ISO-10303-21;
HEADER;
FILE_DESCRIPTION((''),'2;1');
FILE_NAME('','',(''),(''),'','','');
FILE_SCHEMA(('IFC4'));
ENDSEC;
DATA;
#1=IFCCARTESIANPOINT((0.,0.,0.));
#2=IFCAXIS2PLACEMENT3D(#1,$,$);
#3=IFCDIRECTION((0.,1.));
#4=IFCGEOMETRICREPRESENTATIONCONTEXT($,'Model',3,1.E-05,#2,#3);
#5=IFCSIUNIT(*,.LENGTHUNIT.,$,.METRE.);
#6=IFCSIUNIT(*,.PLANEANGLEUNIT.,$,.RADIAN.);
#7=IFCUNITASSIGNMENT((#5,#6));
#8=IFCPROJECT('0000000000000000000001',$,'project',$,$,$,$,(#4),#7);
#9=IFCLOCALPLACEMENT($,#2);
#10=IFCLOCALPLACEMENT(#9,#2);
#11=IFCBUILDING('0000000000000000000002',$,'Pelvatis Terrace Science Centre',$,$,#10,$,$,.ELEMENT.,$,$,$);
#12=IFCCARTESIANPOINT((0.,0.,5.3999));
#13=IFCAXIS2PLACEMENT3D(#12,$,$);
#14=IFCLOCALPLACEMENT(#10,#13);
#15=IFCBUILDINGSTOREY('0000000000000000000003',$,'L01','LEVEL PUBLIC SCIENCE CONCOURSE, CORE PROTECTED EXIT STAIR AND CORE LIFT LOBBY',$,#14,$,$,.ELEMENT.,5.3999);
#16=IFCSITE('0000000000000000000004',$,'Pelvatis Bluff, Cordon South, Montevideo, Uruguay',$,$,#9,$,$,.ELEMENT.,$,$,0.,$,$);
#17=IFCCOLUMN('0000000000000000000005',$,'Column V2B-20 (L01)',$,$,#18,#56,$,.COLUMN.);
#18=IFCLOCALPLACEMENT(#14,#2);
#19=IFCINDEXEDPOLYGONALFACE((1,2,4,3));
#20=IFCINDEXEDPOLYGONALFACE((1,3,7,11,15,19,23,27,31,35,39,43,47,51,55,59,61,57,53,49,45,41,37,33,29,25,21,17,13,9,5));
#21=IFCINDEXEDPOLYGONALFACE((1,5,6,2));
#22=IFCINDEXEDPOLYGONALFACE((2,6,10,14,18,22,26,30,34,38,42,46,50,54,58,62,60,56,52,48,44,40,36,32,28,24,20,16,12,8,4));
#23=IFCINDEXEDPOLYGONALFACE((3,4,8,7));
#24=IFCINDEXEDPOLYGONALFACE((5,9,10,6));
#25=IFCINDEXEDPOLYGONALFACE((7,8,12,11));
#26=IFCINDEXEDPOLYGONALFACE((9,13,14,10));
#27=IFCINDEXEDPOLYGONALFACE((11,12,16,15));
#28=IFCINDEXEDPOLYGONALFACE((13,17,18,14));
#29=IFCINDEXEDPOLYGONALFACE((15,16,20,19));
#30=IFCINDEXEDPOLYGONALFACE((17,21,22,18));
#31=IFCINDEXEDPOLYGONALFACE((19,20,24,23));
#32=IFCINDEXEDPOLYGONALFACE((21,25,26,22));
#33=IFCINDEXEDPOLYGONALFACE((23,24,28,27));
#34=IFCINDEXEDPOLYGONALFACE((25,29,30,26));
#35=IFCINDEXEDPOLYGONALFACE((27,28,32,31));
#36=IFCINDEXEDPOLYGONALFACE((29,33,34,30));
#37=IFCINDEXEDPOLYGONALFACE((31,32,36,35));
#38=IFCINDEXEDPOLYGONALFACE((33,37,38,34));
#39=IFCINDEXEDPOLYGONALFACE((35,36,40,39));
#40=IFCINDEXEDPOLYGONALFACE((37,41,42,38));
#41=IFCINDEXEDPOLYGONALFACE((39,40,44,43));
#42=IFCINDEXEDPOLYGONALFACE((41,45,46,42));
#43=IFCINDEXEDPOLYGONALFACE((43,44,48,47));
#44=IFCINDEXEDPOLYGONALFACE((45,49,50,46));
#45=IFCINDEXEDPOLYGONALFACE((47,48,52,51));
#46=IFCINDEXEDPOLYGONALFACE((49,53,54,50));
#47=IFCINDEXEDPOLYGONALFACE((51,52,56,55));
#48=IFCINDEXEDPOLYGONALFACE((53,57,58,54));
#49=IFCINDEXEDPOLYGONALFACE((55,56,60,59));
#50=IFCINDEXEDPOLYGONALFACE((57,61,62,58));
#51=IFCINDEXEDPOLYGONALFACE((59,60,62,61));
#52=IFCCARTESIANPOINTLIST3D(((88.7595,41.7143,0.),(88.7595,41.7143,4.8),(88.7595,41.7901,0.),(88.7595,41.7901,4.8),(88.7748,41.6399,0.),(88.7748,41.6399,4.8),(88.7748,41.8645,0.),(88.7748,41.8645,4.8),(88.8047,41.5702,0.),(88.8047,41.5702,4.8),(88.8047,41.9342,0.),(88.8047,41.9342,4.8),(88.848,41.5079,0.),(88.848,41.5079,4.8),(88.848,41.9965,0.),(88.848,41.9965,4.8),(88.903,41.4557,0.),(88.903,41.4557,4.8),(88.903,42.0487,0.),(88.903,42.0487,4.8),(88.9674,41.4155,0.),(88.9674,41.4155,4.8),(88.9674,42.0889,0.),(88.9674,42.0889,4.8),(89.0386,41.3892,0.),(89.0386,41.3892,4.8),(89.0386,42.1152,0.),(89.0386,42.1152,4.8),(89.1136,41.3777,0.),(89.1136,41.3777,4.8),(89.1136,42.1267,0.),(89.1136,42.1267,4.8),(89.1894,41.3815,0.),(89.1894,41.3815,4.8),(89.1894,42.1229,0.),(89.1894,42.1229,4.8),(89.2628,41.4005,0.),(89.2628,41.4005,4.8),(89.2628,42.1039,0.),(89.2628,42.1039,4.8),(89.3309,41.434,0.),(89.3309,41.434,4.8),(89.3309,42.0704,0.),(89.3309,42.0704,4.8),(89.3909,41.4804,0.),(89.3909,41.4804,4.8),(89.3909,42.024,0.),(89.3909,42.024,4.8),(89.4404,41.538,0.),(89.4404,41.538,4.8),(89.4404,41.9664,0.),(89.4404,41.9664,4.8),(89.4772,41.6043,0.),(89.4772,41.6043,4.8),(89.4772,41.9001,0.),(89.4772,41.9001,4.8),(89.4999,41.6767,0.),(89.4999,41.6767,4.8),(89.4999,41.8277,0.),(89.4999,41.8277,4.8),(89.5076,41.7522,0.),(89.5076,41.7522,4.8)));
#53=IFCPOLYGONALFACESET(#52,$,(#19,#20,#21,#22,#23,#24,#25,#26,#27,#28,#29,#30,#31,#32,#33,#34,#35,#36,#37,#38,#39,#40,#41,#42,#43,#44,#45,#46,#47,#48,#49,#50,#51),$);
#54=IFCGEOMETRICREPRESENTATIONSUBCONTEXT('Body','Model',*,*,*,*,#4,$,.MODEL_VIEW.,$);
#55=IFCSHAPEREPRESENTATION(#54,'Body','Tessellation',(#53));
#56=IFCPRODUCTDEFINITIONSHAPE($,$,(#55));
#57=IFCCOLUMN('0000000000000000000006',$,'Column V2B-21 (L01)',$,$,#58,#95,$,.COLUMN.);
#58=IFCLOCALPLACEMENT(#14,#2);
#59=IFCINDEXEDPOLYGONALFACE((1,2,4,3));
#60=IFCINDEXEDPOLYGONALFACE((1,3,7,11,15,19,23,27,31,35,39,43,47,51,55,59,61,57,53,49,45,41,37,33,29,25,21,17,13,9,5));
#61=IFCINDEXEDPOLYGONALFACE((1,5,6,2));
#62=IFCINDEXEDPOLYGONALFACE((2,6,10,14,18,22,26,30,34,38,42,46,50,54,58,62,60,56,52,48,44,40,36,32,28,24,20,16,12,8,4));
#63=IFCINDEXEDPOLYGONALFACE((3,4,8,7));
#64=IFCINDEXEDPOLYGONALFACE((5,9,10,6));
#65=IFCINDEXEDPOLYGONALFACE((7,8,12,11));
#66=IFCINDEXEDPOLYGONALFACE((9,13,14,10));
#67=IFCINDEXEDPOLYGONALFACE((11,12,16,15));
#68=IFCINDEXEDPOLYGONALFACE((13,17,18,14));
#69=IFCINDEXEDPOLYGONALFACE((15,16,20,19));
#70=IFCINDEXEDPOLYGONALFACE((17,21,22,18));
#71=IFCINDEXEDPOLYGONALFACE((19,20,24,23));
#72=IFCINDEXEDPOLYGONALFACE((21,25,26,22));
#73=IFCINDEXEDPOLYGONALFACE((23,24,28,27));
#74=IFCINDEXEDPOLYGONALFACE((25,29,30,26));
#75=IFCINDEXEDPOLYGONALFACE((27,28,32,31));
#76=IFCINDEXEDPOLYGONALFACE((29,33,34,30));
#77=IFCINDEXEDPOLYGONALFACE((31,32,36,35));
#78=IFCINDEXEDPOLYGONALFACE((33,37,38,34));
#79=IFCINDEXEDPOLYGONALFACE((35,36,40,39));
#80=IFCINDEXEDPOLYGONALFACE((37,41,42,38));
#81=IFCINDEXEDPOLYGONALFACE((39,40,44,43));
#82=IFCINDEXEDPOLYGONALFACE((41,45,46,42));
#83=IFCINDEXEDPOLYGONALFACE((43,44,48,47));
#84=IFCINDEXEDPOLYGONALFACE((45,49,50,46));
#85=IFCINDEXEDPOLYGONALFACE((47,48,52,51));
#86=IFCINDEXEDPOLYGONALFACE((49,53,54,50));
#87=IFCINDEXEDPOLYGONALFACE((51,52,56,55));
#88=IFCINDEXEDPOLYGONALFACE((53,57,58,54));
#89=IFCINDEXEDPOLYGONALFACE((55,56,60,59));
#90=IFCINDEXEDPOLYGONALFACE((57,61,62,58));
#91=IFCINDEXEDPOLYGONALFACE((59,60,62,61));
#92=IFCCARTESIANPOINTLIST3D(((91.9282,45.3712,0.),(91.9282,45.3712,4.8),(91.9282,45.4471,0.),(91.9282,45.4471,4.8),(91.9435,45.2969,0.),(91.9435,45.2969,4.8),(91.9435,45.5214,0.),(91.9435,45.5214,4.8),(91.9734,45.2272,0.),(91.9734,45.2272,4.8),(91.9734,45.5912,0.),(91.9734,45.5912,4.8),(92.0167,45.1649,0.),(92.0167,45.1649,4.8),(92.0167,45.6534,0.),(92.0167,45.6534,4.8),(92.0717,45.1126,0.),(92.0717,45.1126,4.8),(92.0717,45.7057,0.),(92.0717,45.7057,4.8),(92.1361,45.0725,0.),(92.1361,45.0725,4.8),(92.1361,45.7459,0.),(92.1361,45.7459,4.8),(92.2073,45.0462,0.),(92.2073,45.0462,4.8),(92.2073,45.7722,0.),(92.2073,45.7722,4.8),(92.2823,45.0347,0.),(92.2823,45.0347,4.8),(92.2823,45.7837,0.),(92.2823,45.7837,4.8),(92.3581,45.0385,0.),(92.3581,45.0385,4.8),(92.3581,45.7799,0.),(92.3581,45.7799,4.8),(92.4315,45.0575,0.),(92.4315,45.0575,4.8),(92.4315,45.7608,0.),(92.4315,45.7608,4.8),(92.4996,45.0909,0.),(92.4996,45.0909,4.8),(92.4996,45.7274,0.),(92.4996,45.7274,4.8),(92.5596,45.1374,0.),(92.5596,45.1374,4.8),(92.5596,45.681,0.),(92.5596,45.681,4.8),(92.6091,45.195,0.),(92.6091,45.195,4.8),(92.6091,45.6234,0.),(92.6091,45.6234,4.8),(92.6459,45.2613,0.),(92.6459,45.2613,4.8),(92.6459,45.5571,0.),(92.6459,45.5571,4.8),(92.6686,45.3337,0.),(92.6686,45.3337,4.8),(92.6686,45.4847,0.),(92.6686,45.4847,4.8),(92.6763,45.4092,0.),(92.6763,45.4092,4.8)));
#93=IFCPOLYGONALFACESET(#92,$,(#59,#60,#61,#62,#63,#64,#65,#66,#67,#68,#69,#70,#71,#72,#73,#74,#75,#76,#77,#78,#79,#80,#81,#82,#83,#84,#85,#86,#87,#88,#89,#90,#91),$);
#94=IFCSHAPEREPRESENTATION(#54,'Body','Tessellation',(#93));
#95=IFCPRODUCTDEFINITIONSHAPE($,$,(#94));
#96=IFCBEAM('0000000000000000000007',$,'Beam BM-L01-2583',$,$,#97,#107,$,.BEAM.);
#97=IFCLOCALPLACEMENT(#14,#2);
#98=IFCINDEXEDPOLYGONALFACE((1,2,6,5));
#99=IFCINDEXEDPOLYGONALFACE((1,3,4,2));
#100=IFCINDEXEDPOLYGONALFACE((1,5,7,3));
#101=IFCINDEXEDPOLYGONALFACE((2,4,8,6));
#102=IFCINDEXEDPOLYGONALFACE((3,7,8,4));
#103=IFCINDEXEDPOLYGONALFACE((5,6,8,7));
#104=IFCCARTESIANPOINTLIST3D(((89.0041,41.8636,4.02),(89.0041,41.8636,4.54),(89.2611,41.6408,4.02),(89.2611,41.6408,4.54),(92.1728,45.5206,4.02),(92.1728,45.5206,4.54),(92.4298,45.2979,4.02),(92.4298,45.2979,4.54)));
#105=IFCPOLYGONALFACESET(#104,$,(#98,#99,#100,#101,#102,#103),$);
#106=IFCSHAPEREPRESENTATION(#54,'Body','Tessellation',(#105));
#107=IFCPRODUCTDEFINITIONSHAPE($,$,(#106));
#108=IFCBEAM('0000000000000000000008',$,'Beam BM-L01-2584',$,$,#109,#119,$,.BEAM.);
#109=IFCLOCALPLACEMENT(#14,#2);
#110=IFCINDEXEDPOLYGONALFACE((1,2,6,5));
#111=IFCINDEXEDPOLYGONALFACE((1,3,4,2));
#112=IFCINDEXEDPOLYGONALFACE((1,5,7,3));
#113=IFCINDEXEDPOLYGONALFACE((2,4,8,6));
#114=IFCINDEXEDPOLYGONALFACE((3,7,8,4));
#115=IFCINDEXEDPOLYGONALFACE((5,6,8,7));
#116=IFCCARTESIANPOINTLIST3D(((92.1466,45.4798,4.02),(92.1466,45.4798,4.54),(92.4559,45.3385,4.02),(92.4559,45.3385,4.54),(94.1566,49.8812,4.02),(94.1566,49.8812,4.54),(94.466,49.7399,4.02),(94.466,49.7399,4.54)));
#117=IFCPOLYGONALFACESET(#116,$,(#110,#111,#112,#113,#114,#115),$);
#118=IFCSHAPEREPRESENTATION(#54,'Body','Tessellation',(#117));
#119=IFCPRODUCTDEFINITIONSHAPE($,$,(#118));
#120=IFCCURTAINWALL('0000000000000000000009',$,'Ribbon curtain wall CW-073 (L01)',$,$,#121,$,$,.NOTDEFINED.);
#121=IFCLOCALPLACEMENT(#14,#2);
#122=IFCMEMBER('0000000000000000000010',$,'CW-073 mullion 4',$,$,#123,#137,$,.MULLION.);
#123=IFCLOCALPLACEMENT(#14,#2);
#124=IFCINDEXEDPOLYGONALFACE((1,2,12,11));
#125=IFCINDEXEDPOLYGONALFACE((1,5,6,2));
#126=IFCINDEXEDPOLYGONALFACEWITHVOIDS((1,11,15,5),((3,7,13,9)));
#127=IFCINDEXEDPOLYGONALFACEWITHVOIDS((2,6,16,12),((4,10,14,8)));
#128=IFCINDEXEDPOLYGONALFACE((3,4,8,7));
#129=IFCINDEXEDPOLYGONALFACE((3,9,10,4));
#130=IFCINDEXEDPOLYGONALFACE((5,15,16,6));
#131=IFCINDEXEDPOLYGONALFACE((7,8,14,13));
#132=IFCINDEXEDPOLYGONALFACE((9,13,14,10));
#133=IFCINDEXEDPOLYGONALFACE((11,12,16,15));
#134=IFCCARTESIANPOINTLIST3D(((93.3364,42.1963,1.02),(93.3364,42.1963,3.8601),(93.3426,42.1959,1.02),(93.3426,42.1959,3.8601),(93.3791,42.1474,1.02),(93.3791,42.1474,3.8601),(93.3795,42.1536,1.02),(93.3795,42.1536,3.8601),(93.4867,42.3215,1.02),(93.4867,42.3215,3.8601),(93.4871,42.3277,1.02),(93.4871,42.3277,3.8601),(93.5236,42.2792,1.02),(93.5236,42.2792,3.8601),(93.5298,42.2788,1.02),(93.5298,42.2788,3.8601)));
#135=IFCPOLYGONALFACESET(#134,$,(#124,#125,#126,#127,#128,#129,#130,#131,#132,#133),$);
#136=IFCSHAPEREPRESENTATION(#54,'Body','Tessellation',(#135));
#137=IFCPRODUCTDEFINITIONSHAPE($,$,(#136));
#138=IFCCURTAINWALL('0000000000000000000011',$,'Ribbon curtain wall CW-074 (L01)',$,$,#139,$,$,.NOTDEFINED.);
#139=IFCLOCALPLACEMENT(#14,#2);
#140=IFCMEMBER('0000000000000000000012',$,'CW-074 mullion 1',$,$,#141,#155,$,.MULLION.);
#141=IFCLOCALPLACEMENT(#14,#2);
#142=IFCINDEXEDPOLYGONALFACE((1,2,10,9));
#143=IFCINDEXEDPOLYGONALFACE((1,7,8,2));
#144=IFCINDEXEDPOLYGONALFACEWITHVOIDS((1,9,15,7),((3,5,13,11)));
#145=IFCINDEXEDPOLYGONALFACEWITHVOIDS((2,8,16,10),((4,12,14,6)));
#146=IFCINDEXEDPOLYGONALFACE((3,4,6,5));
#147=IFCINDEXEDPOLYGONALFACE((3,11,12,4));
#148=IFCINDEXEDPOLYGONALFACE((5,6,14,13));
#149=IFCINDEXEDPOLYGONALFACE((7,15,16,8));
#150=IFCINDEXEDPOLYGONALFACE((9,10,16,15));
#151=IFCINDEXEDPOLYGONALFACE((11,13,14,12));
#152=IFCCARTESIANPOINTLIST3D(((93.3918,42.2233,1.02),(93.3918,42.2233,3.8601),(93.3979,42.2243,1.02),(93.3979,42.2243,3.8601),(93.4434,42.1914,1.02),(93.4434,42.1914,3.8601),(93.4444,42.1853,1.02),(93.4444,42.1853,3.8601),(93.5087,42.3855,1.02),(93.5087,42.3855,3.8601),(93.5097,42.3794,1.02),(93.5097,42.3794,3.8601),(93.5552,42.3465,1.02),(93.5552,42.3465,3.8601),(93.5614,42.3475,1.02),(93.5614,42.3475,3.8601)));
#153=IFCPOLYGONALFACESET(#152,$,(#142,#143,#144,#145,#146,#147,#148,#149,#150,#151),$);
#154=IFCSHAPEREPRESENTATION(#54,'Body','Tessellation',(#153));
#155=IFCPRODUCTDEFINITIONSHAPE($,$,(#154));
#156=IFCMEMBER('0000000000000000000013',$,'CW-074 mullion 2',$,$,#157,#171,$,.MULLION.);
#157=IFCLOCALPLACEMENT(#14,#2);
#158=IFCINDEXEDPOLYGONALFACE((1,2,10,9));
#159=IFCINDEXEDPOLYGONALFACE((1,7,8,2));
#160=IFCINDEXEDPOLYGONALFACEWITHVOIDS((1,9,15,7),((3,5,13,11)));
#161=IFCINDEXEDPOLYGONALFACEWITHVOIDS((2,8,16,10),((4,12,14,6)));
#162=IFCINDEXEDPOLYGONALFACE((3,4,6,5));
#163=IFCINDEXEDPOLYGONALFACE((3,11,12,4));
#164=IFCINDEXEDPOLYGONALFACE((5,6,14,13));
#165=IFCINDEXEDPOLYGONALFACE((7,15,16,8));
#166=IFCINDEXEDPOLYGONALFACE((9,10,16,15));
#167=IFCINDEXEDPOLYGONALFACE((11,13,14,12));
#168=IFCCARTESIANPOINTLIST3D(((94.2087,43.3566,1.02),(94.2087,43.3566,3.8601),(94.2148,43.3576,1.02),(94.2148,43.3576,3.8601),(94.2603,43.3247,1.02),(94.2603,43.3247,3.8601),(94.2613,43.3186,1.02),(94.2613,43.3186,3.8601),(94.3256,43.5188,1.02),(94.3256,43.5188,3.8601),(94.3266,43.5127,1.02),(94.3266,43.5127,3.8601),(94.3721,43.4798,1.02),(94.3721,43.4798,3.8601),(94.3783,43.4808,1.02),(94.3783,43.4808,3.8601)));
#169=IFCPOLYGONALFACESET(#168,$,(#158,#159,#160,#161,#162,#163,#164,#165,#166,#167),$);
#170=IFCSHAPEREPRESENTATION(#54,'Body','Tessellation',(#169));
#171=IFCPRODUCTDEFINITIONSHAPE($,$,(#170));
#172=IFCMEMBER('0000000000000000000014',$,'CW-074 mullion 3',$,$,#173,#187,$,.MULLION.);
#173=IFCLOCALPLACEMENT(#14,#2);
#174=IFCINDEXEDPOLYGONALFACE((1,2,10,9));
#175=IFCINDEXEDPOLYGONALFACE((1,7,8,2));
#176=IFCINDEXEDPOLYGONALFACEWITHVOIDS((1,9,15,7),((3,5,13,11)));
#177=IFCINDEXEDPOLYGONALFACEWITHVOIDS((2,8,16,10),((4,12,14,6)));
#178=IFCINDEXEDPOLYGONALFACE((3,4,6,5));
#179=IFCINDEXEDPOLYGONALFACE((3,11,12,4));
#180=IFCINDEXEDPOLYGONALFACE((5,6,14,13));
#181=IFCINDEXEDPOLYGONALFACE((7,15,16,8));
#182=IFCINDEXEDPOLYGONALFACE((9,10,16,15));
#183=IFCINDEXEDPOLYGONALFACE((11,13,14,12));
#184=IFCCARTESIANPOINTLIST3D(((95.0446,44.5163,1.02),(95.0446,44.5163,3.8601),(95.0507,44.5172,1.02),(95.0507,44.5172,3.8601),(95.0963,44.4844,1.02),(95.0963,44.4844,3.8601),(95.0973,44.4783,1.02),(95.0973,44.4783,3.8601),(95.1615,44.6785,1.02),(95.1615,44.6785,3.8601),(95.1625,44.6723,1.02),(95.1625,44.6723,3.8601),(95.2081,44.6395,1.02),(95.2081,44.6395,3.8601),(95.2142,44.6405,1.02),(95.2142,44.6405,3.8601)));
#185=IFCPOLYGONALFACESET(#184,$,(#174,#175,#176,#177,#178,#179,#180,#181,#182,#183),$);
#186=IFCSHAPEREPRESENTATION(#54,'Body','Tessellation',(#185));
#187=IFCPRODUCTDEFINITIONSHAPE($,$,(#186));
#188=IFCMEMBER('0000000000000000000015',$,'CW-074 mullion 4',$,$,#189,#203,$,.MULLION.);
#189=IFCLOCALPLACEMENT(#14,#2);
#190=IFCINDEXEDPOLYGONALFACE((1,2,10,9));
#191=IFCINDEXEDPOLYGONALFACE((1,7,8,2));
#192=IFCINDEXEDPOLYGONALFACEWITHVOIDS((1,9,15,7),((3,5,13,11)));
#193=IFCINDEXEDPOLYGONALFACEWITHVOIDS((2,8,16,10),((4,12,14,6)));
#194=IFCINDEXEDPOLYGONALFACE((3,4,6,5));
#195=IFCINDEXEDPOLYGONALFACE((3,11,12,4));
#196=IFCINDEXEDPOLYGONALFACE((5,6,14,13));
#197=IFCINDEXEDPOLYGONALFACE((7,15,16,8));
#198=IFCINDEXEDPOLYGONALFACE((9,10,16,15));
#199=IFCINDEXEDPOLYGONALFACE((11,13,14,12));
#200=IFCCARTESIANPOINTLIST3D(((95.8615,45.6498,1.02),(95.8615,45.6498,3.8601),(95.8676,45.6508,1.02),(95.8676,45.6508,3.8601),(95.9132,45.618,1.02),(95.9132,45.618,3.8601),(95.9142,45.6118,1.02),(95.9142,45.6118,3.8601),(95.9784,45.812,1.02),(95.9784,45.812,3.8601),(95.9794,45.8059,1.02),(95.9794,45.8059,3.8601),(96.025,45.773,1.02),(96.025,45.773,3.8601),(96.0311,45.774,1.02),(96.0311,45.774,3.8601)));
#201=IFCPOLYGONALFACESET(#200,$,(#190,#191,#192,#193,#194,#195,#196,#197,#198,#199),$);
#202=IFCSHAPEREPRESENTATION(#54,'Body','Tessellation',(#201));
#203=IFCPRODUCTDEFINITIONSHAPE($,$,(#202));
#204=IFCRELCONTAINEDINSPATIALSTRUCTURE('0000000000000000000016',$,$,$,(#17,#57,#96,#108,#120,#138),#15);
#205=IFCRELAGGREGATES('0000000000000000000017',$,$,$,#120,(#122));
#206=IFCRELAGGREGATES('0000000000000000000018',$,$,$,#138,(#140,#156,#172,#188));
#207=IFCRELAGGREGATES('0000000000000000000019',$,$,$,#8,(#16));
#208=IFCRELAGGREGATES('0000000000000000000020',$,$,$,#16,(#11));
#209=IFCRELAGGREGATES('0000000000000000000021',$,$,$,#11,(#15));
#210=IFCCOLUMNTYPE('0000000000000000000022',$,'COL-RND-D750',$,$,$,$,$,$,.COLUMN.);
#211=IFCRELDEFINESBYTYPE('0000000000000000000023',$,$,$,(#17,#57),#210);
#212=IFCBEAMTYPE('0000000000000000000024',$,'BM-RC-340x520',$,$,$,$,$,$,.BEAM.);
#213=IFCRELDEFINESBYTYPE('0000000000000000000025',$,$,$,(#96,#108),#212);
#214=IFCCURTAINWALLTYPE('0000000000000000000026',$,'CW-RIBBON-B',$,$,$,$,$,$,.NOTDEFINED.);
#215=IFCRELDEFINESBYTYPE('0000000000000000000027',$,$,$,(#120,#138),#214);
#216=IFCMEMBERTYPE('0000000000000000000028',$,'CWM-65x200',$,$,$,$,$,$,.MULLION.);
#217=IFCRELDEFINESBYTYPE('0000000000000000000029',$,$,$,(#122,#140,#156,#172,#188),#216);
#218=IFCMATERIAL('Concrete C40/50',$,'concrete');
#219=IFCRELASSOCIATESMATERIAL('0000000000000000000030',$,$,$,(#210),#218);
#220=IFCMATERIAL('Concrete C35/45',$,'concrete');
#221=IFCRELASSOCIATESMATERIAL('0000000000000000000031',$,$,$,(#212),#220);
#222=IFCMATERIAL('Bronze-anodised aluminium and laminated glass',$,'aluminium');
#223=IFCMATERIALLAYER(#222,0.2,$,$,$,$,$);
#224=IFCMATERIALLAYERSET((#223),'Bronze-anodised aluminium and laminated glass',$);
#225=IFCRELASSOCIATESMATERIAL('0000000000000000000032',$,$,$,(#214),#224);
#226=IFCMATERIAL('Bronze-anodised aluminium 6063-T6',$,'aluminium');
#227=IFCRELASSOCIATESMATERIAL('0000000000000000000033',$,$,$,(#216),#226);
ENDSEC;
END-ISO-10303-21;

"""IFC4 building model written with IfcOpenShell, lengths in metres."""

from ifc_helpers import new_model, si_unit, direction, frame, origin, origin_2d, place, context, subcontext, project, spatial, rectangle, hollow_rectangle, circle, extrude, material, layer, layer_set, material_profile, profile_set, type_object, element, aggregate, save


model = new_model("IFC4")

# Units and contexts
model_context = context("Model", 3, precision=1e-05, world=origin(), true_north=direction((0.0, 1.0)))
body_context = subcontext(model_context, "Body", "Model", "MODEL_VIEW")
ifc_project = project(units=[si_unit("LENGTHUNIT", "METRE"), si_unit("PLANEANGLEUNIT", "RADIAN")], contexts=[model_context])

# Site, building, storey
site_placement = place(None, origin())
site = spatial("IfcSite", under=ifc_project, at=site_placement, Name="Pelvatis Bluff, Cordon South, Montevideo, Uruguay", CompositionType="ELEMENT", RefElevation=0.0)
building_placement = place(site_placement, origin())
building = spatial("IfcBuilding", under=site, at=building_placement, Name="Pelvatis Terrace Science Centre", CompositionType="ELEMENT")
storey_placement = place(building_placement, frame((0.0, 0.0, 5.3999)))
storey = spatial("IfcBuildingStorey", under=building, at=storey_placement, Name="L01", Description="LEVEL PUBLIC SCIENCE CONCOURSE, CORE PROTECTED EXIT STAIR AND CORE LIFT LOBBY", CompositionType="ELEMENT", Elevation=5.3999)

# Columns
ifc_material_1 = material(Name="Concrete C40/50", Category="concrete")
ifc_material_profile_1 = material_profile(ifc_material_1, circle(Radius=0.375, at=origin_2d()), Name="RC-RCOL D750")
ifc_profile_set_1 = profile_set([ifc_material_profile_1], Name="Concrete C40/50")
column_type = type_object("IfcColumnType", Name="COL-RND-D750", PredefinedType="COLUMN", material=ifc_profile_set_1)
for number, where, z_axis, x_axis, name in (
    (1, (89.1326, 41.7522, 0.0), (0.0, 0.0, 1.0), (1.0, 0.0, 0.0), "Column V2B-20 (L01)"),
    (2, (92.3013, 45.4092, 0.0), (0.0, 0.0, 1.0), (1.0, 0.0, 0.0), "Column V2B-21 (L01)"),
):
    element("IfcColumn", number, at=place(storey_placement, frame(where, z_axis=z_axis, x_axis=x_axis)), inside=storey, type_object=column_type, Name=name, PredefinedType="COLUMN", context=body_context, shape_type="SweptSolid", body=[
        extrude(circle(Radius=0.375, at=origin_2d()), origin(), (0.0, 0.0, 1.0), 4.8),
    ])

# Beams
ifc_material_2 = material(Name="Concrete C35/45", Category="concrete")
ifc_material_profile_2 = material_profile(ifc_material_2, rectangle(XDim=0.3401, YDim=0.52, at=origin_2d()), Name="RC-BM 340x520")
ifc_profile_set_2 = profile_set([ifc_material_profile_2], Name="Concrete C35/45")
beam_type = type_object("IfcBeamType", Name="BM-RC-340x520", PredefinedType="BEAM", material=ifc_profile_set_2)
beam_1_placement = place(storey_placement, frame((89.1326, 41.7522, 4.28), z_axis=(0.65485, 0.755759, 0.0), x_axis=(-0.755759, 0.65485, 0.0)))
element("IfcBeam", 3, at=beam_1_placement, inside=storey, type_object=beam_type, Name="Beam BM-L01-2583", PredefinedType="BEAM", context=body_context, shape_type="SweptSolid", body=[
    extrude(rectangle(XDim=0.3401, YDim=0.52, at=origin_2d()), origin(), (0.0, 0.0, 1.0), 4.8389),
])
beam_2_placement = place(storey_placement, frame((92.3013, 45.4092, 4.28), z_axis=(0.41541, 0.909634, 0.0), x_axis=(-0.909634, 0.41541, 0.0)))
element("IfcBeam", 4, at=beam_2_placement, inside=storey, type_object=beam_type, Name="Beam BM-L01-2584", PredefinedType="BEAM", context=body_context, shape_type="SweptSolid", body=[
    extrude(rectangle(XDim=0.3401, YDim=0.52, at=origin_2d()), origin(), (0.0, 0.0, 1.0), 4.8386),
])

# Curtain wall, member
ifc_material_3 = material(Name="Bronze-anodised aluminium and laminated glass", Category="aluminium")
ifc_layer_1 = layer(ifc_material_3, 0.2)
ifc_layer_set_1 = layer_set([ifc_layer_1], Name="Bronze-anodised aluminium and laminated glass")
curtain_wall_type = type_object("IfcCurtainWallType", Name="CW-RIBBON-B", PredefinedType="NOTDEFINED", material=ifc_layer_set_1)
curtain_wall_1_placement = place(storey_placement, origin())
curtain_wall_1 = element("IfcCurtainWall", 5, at=curtain_wall_1_placement, inside=storey, type_object=curtain_wall_type, Name="Ribbon curtain wall CW-073 (L01)", PredefinedType="NOTDEFINED")
ifc_material_4 = material(Name="Bronze-anodised aluminium 6063-T6", Category="aluminium")
ifc_material_profile_3 = material_profile(ifc_material_4, hollow_rectangle(XDim=0.0649, YDim=0.2, WallThickness=0.0044, at=origin_2d()), Name="ALU-MUL 65x200")
ifc_profile_set_3 = profile_set([ifc_material_profile_3], Name="Bronze-anodised aluminium 6063-T6")
member_type_1 = type_object("IfcMemberType", Name="CWM-65x200", PredefinedType="MULLION", material=ifc_profile_set_3)
member_1_placement = place(storey_placement, frame((93.4331, 42.2375, 1.02), z_axis=(0.0, 0.0, 1.0), x_axis=(-0.657112, 0.753793, 0.0)))
member_1 = element("IfcMember", 6, at=member_1_placement, type_object=member_type_1, Name="CW-073 mullion 4", PredefinedType="MULLION", context=body_context, shape_type="SweptSolid", body=[
    extrude(hollow_rectangle(XDim=0.0649, YDim=0.2, WallThickness=0.0044, at=origin_2d()), origin(), (0.0, 0.0, 1.0), 2.8401),
])

# Curtain wall, members
curtain_wall_2_placement = place(storey_placement, origin())
curtain_wall_2 = element("IfcCurtainWall", 7, at=curtain_wall_2_placement, inside=storey, type_object=curtain_wall_type, Name="Ribbon curtain wall CW-074 (L01)", PredefinedType="NOTDEFINED")
member_2_placement = place(storey_placement, frame((93.4766, 42.2854, 1.02), z_axis=(0.0, 0.0, 1.0), x_axis=(-0.811227, 0.584731, 0.0)))
member_2 = element("IfcMember", 8, at=member_2_placement, type_object=member_type_1, Name="CW-074 mullion 1", PredefinedType="MULLION", context=body_context, shape_type="SweptSolid", body=[
    extrude(hollow_rectangle(XDim=0.0649, YDim=0.2, WallThickness=0.0044, at=origin_2d()), origin(), (0.0, 0.0, 1.0), 2.8401),
])
member_3_placement = place(storey_placement, frame((94.2935, 43.4187, 1.02), z_axis=(0.0, 0.0, 1.0), x_axis=(-0.811227, 0.584731, 0.0)))
member_3 = element("IfcMember", 9, at=member_3_placement, type_object=member_type_1, Name="CW-074 mullion 2", PredefinedType="MULLION", context=body_context, shape_type="SweptSolid", body=[
    extrude(hollow_rectangle(XDim=0.0649, YDim=0.2, WallThickness=0.0044, at=origin_2d()), origin(), (0.0, 0.0, 1.0), 2.8401),
])
member_4_placement = place(storey_placement, frame((95.1294, 44.5784, 1.02), z_axis=(0.0, 0.0, 1.0), x_axis=(-0.811227, 0.584731, 0.0)))
member_4 = element("IfcMember", 10, at=member_4_placement, type_object=member_type_1, Name="CW-074 mullion 3", PredefinedType="MULLION", context=body_context, shape_type="SweptSolid", body=[
    extrude(hollow_rectangle(XDim=0.0649, YDim=0.2, WallThickness=0.0044, at=origin_2d()), origin(), (0.0, 0.0, 1.0), 2.8401),
])
member_5_placement = place(storey_placement, frame((95.9463, 45.7119, 1.02), z_axis=(0.0, 0.0, 1.0), x_axis=(-0.811227, 0.584731, 0.0)))
member_5 = element("IfcMember", 11, at=member_5_placement, type_object=member_type_1, Name="CW-074 mullion 4", PredefinedType="MULLION", context=body_context, shape_type="SweptSolid", body=[
    extrude(hollow_rectangle(XDim=0.0649, YDim=0.2, WallThickness=0.0044, at=origin_2d()), origin(), (0.0, 0.0, 1.0), 2.8401),
])

aggregate(curtain_wall_1, [member_1])
aggregate(curtain_wall_2, [member_2, member_3, member_4, member_5])

save(model, "model.ifc")
